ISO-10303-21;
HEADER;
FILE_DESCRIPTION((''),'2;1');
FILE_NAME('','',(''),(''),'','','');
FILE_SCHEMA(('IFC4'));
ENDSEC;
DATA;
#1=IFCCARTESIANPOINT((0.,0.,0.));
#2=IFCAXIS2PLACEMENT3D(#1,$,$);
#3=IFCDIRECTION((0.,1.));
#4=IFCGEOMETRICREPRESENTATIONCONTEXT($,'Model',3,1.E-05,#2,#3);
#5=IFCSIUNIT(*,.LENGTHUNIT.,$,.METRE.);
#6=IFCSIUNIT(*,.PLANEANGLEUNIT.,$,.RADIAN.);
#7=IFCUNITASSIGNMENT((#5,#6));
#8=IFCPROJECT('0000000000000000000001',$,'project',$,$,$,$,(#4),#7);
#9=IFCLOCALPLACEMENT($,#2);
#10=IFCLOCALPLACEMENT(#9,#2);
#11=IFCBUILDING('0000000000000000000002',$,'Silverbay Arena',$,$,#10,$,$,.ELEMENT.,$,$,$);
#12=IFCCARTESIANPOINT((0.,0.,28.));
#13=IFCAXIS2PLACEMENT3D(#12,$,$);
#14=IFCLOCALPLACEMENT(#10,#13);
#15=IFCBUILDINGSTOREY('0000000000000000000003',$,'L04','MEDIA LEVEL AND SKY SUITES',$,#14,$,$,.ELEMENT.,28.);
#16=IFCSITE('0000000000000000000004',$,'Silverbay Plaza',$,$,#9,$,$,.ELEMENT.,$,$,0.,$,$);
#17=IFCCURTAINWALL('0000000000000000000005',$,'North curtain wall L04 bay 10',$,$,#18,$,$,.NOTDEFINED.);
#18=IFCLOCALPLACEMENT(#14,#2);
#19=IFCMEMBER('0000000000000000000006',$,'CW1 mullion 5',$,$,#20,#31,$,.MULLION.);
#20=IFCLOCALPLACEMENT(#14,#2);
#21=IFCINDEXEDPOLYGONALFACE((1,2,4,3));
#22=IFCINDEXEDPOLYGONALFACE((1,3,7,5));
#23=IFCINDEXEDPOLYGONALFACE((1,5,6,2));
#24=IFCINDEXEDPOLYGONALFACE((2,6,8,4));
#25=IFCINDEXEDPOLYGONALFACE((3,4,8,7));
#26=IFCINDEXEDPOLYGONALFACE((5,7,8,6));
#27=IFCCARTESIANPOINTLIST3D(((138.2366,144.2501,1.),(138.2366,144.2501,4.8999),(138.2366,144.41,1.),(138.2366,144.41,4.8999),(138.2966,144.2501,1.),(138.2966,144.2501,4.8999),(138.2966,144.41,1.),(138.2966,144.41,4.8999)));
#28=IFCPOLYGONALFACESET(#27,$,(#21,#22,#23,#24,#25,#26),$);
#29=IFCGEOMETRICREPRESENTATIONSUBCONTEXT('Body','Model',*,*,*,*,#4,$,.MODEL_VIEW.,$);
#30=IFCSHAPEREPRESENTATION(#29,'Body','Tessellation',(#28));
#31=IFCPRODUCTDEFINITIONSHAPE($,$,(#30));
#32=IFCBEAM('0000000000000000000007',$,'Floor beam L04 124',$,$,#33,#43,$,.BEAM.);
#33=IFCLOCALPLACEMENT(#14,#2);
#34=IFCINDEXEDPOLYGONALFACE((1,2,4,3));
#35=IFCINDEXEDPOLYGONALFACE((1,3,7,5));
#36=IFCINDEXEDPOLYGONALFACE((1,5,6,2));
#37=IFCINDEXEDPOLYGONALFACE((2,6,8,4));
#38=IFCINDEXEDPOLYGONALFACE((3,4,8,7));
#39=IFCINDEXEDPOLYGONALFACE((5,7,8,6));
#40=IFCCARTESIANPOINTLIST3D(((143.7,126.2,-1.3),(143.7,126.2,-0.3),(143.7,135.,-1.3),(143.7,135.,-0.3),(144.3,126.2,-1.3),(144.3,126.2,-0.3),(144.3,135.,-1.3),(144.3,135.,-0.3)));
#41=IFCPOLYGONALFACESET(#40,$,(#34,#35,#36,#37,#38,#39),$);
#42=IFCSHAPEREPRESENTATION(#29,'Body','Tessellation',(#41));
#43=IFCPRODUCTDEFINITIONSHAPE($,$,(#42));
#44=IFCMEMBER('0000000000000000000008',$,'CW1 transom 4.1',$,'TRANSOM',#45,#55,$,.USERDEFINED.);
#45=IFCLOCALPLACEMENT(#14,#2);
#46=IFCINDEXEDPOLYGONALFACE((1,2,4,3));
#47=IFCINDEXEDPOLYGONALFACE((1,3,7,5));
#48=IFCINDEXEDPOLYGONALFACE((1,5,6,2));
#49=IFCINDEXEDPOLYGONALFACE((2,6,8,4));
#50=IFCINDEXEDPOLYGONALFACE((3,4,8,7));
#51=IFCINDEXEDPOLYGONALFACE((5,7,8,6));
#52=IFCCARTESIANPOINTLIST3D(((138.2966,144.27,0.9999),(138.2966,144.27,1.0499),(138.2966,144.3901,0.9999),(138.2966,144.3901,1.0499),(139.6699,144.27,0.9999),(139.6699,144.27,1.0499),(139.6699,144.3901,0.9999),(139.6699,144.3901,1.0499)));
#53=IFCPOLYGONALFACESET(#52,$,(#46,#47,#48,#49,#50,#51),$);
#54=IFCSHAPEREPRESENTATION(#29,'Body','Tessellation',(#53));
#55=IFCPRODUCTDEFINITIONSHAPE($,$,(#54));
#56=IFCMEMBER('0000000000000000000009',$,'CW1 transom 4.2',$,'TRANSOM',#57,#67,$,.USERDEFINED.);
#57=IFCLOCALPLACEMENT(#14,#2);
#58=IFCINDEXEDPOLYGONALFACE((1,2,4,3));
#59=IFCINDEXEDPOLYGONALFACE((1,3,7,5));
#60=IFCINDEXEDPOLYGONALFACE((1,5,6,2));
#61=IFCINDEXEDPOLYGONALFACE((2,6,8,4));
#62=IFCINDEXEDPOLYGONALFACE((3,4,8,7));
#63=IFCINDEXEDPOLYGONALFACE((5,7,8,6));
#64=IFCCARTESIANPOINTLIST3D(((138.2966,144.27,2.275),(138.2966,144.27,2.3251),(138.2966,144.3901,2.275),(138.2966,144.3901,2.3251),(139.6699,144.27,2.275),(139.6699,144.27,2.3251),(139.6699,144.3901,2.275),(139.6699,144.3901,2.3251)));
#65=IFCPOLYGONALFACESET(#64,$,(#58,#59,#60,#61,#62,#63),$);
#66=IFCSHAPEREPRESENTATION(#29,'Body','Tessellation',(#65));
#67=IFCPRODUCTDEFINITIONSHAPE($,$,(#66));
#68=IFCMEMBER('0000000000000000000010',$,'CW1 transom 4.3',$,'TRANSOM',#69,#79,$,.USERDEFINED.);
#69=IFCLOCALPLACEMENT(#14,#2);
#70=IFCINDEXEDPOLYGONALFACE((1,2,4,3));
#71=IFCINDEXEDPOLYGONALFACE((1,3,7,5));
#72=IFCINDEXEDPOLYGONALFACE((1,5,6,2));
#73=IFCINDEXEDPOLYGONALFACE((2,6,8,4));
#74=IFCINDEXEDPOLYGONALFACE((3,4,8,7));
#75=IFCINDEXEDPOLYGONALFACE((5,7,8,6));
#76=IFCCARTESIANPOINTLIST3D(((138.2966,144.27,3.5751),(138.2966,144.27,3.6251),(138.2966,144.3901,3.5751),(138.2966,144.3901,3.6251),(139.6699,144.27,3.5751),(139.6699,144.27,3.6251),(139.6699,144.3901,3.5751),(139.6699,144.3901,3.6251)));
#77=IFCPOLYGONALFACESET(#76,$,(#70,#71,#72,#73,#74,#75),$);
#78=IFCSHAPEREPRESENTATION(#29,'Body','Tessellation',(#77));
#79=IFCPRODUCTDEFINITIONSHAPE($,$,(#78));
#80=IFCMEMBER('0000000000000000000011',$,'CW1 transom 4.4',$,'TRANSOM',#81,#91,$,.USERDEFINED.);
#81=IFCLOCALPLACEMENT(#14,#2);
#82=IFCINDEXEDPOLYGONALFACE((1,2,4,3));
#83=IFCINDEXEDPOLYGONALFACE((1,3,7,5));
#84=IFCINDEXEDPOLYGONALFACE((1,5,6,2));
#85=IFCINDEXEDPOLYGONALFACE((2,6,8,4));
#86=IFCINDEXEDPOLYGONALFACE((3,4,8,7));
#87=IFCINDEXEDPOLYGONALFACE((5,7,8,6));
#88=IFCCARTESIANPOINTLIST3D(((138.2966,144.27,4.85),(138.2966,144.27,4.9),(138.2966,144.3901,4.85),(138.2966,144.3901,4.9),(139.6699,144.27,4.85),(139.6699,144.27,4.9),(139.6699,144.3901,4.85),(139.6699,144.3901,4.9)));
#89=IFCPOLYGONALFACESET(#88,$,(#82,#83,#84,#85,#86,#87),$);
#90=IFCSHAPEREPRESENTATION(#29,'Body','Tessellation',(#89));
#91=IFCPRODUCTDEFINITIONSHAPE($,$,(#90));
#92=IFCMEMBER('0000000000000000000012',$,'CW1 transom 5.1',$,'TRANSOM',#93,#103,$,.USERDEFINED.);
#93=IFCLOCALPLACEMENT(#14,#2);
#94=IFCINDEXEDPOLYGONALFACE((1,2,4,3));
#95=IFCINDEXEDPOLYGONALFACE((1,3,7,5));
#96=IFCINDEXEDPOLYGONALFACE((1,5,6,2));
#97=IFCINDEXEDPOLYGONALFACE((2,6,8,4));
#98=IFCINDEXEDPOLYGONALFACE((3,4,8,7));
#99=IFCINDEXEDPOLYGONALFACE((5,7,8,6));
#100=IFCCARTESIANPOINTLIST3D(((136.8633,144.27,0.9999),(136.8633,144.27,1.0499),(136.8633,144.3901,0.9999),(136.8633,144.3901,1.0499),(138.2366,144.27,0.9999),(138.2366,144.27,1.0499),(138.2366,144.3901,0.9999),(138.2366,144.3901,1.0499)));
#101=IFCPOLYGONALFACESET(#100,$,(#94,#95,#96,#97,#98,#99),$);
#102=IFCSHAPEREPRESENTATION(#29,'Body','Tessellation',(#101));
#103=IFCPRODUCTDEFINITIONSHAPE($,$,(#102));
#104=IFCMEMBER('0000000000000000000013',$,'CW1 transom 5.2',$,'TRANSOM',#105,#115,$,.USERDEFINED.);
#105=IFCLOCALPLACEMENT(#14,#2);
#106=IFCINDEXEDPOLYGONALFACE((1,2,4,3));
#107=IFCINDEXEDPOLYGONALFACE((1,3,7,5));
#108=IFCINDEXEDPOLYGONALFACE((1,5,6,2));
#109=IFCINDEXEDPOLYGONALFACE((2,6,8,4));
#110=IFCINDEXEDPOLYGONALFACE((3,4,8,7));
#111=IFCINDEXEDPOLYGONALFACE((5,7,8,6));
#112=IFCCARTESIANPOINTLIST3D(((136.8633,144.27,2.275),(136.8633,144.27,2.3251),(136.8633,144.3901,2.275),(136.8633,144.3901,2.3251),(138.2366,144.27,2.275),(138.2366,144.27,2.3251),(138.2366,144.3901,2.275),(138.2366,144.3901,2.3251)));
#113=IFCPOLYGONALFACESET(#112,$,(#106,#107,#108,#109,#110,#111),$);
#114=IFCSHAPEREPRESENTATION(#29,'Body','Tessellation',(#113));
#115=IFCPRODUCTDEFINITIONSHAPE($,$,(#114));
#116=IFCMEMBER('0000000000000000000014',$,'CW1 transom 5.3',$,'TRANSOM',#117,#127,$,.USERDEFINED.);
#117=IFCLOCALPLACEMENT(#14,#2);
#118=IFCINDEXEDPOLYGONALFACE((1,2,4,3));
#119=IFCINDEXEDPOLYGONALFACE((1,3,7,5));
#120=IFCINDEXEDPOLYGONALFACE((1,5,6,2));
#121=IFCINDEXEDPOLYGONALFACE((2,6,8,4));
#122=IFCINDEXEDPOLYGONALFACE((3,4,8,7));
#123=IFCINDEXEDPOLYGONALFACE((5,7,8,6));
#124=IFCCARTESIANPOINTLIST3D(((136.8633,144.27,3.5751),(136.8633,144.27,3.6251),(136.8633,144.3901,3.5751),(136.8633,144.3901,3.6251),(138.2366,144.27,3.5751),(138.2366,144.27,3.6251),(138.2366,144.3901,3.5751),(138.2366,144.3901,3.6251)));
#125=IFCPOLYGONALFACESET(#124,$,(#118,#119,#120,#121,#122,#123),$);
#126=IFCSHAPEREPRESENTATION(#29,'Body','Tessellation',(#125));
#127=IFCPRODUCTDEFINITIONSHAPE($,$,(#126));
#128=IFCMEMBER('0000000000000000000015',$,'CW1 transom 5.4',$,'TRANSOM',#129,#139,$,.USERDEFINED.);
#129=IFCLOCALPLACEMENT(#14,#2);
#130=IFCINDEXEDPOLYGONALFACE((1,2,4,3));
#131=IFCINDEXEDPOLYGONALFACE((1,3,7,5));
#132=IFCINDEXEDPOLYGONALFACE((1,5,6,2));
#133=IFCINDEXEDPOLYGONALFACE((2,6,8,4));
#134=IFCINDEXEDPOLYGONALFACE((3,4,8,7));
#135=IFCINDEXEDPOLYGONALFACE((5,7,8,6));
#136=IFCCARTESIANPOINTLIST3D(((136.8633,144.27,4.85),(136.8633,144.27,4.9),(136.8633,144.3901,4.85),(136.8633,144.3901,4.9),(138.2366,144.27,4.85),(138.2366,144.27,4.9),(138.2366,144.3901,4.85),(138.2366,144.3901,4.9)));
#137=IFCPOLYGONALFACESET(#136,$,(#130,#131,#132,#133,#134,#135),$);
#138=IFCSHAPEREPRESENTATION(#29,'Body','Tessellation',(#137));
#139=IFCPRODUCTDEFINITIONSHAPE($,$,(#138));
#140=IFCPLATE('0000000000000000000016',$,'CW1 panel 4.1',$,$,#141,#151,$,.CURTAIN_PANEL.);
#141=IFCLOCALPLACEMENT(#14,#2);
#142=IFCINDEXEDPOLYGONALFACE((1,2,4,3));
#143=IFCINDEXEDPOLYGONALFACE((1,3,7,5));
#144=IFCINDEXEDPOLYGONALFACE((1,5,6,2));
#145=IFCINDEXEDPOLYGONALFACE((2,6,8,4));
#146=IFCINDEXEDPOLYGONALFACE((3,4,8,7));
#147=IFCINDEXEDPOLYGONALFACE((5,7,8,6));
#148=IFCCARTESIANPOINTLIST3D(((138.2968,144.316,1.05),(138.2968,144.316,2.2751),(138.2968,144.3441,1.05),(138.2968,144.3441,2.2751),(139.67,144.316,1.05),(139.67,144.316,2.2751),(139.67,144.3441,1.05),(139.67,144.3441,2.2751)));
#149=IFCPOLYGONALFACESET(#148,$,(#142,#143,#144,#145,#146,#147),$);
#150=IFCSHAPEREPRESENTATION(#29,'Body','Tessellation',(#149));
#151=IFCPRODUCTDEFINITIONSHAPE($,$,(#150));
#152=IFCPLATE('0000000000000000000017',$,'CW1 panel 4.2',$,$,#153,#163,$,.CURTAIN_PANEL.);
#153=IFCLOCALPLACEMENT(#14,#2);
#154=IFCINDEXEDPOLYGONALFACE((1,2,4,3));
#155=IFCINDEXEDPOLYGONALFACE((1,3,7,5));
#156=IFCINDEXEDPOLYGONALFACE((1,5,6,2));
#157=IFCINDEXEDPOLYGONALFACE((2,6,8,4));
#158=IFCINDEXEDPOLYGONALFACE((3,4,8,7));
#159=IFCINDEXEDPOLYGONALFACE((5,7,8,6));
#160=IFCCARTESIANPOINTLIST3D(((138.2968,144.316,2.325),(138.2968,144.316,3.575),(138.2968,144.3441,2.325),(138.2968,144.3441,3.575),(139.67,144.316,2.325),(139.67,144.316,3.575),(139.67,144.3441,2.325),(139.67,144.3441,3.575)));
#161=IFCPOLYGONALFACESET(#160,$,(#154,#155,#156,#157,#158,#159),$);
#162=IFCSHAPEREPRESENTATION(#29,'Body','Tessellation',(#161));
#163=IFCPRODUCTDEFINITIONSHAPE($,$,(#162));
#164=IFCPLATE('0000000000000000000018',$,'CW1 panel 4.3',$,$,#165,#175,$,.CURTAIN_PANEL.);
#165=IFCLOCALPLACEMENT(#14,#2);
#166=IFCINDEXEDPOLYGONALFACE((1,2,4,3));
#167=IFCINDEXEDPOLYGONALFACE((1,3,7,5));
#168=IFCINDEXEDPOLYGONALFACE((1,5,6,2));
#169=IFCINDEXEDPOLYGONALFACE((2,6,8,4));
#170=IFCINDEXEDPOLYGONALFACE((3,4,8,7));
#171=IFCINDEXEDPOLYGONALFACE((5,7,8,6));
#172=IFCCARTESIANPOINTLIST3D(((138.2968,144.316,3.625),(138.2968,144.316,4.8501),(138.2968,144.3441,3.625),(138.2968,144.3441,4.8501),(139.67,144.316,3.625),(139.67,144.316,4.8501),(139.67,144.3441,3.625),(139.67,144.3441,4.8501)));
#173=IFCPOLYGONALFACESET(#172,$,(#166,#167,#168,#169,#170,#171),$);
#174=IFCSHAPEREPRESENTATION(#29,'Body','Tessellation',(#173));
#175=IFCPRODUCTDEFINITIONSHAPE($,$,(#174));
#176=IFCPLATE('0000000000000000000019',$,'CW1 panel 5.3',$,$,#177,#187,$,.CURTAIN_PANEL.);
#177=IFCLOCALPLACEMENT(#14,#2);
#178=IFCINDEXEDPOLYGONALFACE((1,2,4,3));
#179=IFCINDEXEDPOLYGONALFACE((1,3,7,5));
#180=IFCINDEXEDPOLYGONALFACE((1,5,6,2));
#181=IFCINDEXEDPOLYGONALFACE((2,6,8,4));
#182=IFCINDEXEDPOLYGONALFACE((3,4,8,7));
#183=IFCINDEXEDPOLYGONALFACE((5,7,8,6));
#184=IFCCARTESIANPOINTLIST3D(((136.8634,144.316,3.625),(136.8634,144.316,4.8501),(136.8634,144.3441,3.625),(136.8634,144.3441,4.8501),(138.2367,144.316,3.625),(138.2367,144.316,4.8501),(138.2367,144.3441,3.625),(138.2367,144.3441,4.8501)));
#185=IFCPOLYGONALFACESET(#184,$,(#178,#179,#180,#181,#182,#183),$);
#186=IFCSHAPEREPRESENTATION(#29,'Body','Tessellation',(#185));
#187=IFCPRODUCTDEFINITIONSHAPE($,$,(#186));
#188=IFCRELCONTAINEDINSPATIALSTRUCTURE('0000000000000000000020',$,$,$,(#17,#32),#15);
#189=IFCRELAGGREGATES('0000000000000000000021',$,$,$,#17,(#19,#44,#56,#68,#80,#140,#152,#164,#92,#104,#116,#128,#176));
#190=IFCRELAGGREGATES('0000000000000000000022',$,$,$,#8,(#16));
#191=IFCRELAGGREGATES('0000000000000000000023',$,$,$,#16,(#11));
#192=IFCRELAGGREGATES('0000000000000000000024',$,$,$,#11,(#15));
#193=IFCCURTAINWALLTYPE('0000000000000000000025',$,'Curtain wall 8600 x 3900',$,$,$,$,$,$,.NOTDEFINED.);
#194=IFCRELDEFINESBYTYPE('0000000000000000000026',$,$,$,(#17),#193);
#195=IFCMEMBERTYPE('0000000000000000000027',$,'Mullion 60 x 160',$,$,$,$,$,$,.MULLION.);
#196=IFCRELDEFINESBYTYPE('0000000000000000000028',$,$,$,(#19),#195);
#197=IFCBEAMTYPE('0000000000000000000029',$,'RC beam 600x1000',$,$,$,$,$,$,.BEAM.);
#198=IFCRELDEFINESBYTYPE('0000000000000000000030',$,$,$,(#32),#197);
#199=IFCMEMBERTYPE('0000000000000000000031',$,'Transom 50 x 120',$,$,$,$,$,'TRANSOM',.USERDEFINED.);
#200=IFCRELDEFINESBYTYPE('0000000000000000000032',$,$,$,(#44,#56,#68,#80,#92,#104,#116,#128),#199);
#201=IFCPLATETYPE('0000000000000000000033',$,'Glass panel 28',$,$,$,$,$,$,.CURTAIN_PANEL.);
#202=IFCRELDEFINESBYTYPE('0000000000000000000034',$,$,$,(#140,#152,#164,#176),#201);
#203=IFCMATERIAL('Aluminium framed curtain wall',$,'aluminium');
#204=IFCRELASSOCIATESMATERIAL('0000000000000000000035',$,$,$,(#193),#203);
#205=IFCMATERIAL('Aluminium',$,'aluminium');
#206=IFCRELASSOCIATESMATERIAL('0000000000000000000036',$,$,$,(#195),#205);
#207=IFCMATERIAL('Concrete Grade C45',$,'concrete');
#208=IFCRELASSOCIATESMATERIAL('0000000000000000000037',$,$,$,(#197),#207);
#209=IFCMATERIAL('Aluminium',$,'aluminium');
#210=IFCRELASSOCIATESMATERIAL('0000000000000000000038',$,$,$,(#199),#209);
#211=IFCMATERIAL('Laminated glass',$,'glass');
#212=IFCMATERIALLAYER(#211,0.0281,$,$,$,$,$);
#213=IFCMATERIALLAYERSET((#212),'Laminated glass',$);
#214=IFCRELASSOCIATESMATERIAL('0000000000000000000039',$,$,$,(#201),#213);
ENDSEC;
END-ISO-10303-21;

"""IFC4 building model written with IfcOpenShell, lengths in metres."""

from ifc_helpers import new_model, si_unit, direction, frame, origin, origin_2d, place, context, subcontext, project, spatial, rectangle, extrude, material, layer, layer_set, material_profile, profile_set, type_object, element, aggregate, save


model = new_model("IFC4")

# Units and contexts
model_context = context("Model", 3, precision=1e-05, world=origin(), true_north=direction((0.0, 1.0)))
body_context = subcontext(model_context, "Body", "Model", "MODEL_VIEW")
ifc_project = project(units=[si_unit("LENGTHUNIT", "METRE"), si_unit("PLANEANGLEUNIT", "RADIAN")], contexts=[model_context])

# Site, building, storey
site_placement = place(None, origin())
site = spatial("IfcSite", under=ifc_project, at=site_placement, Name="Silverbay Plaza", CompositionType="ELEMENT", RefElevation=0.0)
building_placement = place(site_placement, origin())
building = spatial("IfcBuilding", under=site, at=building_placement, Name="Silverbay Arena", CompositionType="ELEMENT")
storey_placement = place(building_placement, frame((0.0, 0.0, 28.0)))
storey = spatial("IfcBuildingStorey", under=building, at=storey_placement, Name="L04", Description="MEDIA LEVEL AND SKY SUITES", CompositionType="ELEMENT", Elevation=28.0)

# Curtain wall, member
ifc_material_1 = material(Name="Aluminium framed curtain wall", Category="aluminium")
curtain_wall_type = type_object("IfcCurtainWallType", Name="Curtain wall 8600 x 3900", PredefinedType="NOTDEFINED", material=ifc_material_1)
curtain_wall_placement = place(storey_placement, origin())
curtain_wall = element("IfcCurtainWall", 1, at=curtain_wall_placement, inside=storey, type_object=curtain_wall_type, Name="North curtain wall L04 bay 10", PredefinedType="NOTDEFINED")
ifc_material_2 = material(Name="Aluminium", Category="aluminium")
ifc_material_profile_1 = material_profile(ifc_material_2, rectangle(XDim=0.1599, YDim=0.0601, at=origin_2d()), Name="Mullion 60 x 160")
ifc_profile_set_1 = profile_set([ifc_material_profile_1], Name="Aluminium")
member_type_1 = type_object("IfcMemberType", Name="Mullion 60 x 160", PredefinedType="MULLION", material=ifc_profile_set_1)
member_1_placement = place(storey_placement, frame((138.2666, 144.3301, 1.0), z_axis=(0.0, 0.0, 1.0), x_axis=(0.0, -1.0, 0.0)))
member_1 = element("IfcMember", 2, at=member_1_placement, type_object=member_type_1, Name="CW1 mullion 5", PredefinedType="MULLION", context=body_context, shape_type="SweptSolid", body=[
    extrude(rectangle(XDim=0.1599, YDim=0.0601, at=origin_2d()), origin(), (0.0, 0.0, 1.0), 3.8999),
])

# Beam
ifc_material_3 = material(Name="Concrete Grade C45", Category="concrete")
ifc_material_profile_2 = material_profile(ifc_material_3, rectangle(XDim=0.6001, YDim=1.0, at=origin_2d()), Name="RC 600x1000")
ifc_profile_set_2 = profile_set([ifc_material_profile_2], Name="Concrete Grade C45")
beam_type = type_object("IfcBeamType", Name="RC beam 600x1000", PredefinedType="BEAM", material=ifc_profile_set_2)
beam_placement = place(storey_placement, frame((144.0, 126.2, -0.8), z_axis=(0.0, 1.0, 0.0), x_axis=(-1.0, 0.0, 0.0)))
element("IfcBeam", 3, at=beam_placement, inside=storey, type_object=beam_type, Name="Floor beam L04 124", PredefinedType="BEAM", context=body_context, shape_type="SweptSolid", body=[
    extrude(rectangle(XDim=0.6001, YDim=1.0, at=origin_2d()), origin(), (0.0, 0.0, 1.0), 8.8),
])

# Members
ifc_material_4 = material(Name="Aluminium", Category="aluminium")
ifc_material_profile_3 = material_profile(ifc_material_4, rectangle(XDim=0.1201, YDim=0.05, at=origin_2d()), Name="Transom 50 x 120")
ifc_profile_set_3 = profile_set([ifc_material_profile_3], Name="Aluminium")
member_type_2 = type_object("IfcMemberType", Name="Transom 50 x 120", ElementType="TRANSOM", PredefinedType="USERDEFINED", material=ifc_profile_set_3)
member_2_placement = place(storey_placement, frame((139.6699, 144.3301, 1.0249), z_axis=(-1.0, 0.0, 0.0), x_axis=(0.0, -1.0, 0.0)))
member_2 = element("IfcMember", 4, at=member_2_placement, type_object=member_type_2, Name="CW1 transom 4.1", ObjectType="TRANSOM", PredefinedType="USERDEFINED", context=body_context, shape_type="SweptSolid", body=[
    extrude(rectangle(XDim=0.1201, YDim=0.05, at=origin_2d()), origin(), (0.0, 0.0, 1.0), 1.3733),
])
member_3_placement = place(storey_placement, frame((139.6699, 144.3301, 2.3), z_axis=(-1.0, 0.0, 0.0), x_axis=(0.0, -1.0, 0.0)))
member_3 = element("IfcMember", 5, at=member_3_placement, type_object=member_type_2, Name="CW1 transom 4.2", ObjectType="TRANSOM", PredefinedType="USERDEFINED", context=body_context, shape_type="SweptSolid", body=[
    extrude(rectangle(XDim=0.1201, YDim=0.05, at=origin_2d()), origin(), (0.0, 0.0, 1.0), 1.3733),
])
member_4_placement = place(storey_placement, frame((139.6699, 144.3301, 3.6001), z_axis=(-1.0, 0.0, 0.0), x_axis=(0.0, -1.0, 0.0)))
member_4 = element("IfcMember", 6, at=member_4_placement, type_object=member_type_2, Name="CW1 transom 4.3", ObjectType="TRANSOM", PredefinedType="USERDEFINED", context=body_context, shape_type="SweptSolid", body=[
    extrude(rectangle(XDim=0.1201, YDim=0.05, at=origin_2d()), origin(), (0.0, 0.0, 1.0), 1.3733),
])
member_5_placement = place(storey_placement, frame((139.6699, 144.3301, 4.875), z_axis=(-1.0, 0.0, 0.0), x_axis=(0.0, -1.0, 0.0)))
member_5 = element("IfcMember", 7, at=member_5_placement, type_object=member_type_2, Name="CW1 transom 4.4", ObjectType="TRANSOM", PredefinedType="USERDEFINED", context=body_context, shape_type="SweptSolid", body=[
    extrude(rectangle(XDim=0.1201, YDim=0.05, at=origin_2d()), origin(), (0.0, 0.0, 1.0), 1.3733),
])
member_6_placement = place(storey_placement, frame((138.2366, 144.3301, 1.0249), z_axis=(-1.0, 0.0, 0.0), x_axis=(0.0, -1.0, 0.0)))
member_6 = element("IfcMember", 8, at=member_6_placement, type_object=member_type_2, Name="CW1 transom 5.1", ObjectType="TRANSOM", PredefinedType="USERDEFINED", context=body_context, shape_type="SweptSolid", body=[
    extrude(rectangle(XDim=0.1201, YDim=0.05, at=origin_2d()), origin(), (0.0, 0.0, 1.0), 1.3733),
])
member_7_placement = place(storey_placement, frame((138.2366, 144.3301, 2.3), z_axis=(-1.0, 0.0, 0.0), x_axis=(0.0, -1.0, 0.0)))
member_7 = element("IfcMember", 9, at=member_7_placement, type_object=member_type_2, Name="CW1 transom 5.2", ObjectType="TRANSOM", PredefinedType="USERDEFINED", context=body_context, shape_type="SweptSolid", body=[
    extrude(rectangle(XDim=0.1201, YDim=0.05, at=origin_2d()), origin(), (0.0, 0.0, 1.0), 1.3733),
])
member_8_placement = place(storey_placement, frame((138.2366, 144.3301, 3.6001), z_axis=(-1.0, 0.0, 0.0), x_axis=(0.0, -1.0, 0.0)))
member_8 = element("IfcMember", 10, at=member_8_placement, type_object=member_type_2, Name="CW1 transom 5.3", ObjectType="TRANSOM", PredefinedType="USERDEFINED", context=body_context, shape_type="SweptSolid", body=[
    extrude(rectangle(XDim=0.1201, YDim=0.05, at=origin_2d()), origin(), (0.0, 0.0, 1.0), 1.3733),
])
member_9_placement = place(storey_placement, frame((138.2366, 144.3301, 4.875), z_axis=(-1.0, 0.0, 0.0), x_axis=(0.0, -1.0, 0.0)))
member_9 = element("IfcMember", 11, at=member_9_placement, type_object=member_type_2, Name="CW1 transom 5.4", ObjectType="TRANSOM", PredefinedType="USERDEFINED", context=body_context, shape_type="SweptSolid", body=[
    extrude(rectangle(XDim=0.1201, YDim=0.05, at=origin_2d()), origin(), (0.0, 0.0, 1.0), 1.3733),
])

# Plates
ifc_material_5 = material(Name="Laminated glass", Category="glass")
ifc_layer_1 = layer(ifc_material_5, 0.0281)
ifc_layer_set_1 = layer_set([ifc_layer_1], Name="Laminated glass")
plate_type = type_object("IfcPlateType", Name="Glass panel 28", PredefinedType="CURTAIN_PANEL", material=ifc_layer_set_1)
plate_1_placement = place(storey_placement, frame((138.9834, 144.3301, 1.05), z_axis=(0.0, 0.0, 1.0), x_axis=(-1.0, 0.0, 0.0)))
plate_1 = element("IfcPlate", 12, at=plate_1_placement, type_object=plate_type, Name="CW1 panel 4.1", PredefinedType="CURTAIN_PANEL", context=body_context, shape_type="SweptSolid", body=[
    extrude(rectangle(XDim=1.3733, YDim=0.0281, at=origin_2d()), origin(), (0.0, 0.0, 1.0), 1.2251),
])
plate_2_placement = place(storey_placement, frame((138.9834, 144.3301, 2.325), z_axis=(0.0, 0.0, 1.0), x_axis=(-1.0, 0.0, 0.0)))
plate_2 = element("IfcPlate", 13, at=plate_2_placement, type_object=plate_type, Name="CW1 panel 4.2", PredefinedType="CURTAIN_PANEL", context=body_context, shape_type="SweptSolid", body=[
    extrude(rectangle(XDim=1.3733, YDim=0.0281, at=origin_2d()), origin(), (0.0, 0.0, 1.0), 1.25),
])
plate_3_placement = place(storey_placement, frame((138.9834, 144.3301, 3.625), z_axis=(0.0, 0.0, 1.0), x_axis=(-1.0, 0.0, 0.0)))
plate_3 = element("IfcPlate", 14, at=plate_3_placement, type_object=plate_type, Name="CW1 panel 4.3", PredefinedType="CURTAIN_PANEL", context=body_context, shape_type="SweptSolid", body=[
    extrude(rectangle(XDim=1.3733, YDim=0.0281, at=origin_2d()), origin(), (0.0, 0.0, 1.0), 1.2251),
])
plate_4_placement = place(storey_placement, frame((137.55, 144.3301, 3.625), z_axis=(0.0, 0.0, 1.0), x_axis=(-1.0, 0.0, 0.0)))
plate_4 = element("IfcPlate", 15, at=plate_4_placement, type_object=plate_type, Name="CW1 panel 5.3", PredefinedType="CURTAIN_PANEL", context=body_context, shape_type="SweptSolid", body=[
    extrude(rectangle(XDim=1.3733, YDim=0.0281, at=origin_2d()), origin(), (0.0, 0.0, 1.0), 1.2251),
])
aggregate(curtain_wall, [member_1, member_2, member_3, member_4, member_5, plate_1, plate_2, plate_3, member_6, member_7, member_8, member_9, plate_4])

save(model, "model.ifc")
